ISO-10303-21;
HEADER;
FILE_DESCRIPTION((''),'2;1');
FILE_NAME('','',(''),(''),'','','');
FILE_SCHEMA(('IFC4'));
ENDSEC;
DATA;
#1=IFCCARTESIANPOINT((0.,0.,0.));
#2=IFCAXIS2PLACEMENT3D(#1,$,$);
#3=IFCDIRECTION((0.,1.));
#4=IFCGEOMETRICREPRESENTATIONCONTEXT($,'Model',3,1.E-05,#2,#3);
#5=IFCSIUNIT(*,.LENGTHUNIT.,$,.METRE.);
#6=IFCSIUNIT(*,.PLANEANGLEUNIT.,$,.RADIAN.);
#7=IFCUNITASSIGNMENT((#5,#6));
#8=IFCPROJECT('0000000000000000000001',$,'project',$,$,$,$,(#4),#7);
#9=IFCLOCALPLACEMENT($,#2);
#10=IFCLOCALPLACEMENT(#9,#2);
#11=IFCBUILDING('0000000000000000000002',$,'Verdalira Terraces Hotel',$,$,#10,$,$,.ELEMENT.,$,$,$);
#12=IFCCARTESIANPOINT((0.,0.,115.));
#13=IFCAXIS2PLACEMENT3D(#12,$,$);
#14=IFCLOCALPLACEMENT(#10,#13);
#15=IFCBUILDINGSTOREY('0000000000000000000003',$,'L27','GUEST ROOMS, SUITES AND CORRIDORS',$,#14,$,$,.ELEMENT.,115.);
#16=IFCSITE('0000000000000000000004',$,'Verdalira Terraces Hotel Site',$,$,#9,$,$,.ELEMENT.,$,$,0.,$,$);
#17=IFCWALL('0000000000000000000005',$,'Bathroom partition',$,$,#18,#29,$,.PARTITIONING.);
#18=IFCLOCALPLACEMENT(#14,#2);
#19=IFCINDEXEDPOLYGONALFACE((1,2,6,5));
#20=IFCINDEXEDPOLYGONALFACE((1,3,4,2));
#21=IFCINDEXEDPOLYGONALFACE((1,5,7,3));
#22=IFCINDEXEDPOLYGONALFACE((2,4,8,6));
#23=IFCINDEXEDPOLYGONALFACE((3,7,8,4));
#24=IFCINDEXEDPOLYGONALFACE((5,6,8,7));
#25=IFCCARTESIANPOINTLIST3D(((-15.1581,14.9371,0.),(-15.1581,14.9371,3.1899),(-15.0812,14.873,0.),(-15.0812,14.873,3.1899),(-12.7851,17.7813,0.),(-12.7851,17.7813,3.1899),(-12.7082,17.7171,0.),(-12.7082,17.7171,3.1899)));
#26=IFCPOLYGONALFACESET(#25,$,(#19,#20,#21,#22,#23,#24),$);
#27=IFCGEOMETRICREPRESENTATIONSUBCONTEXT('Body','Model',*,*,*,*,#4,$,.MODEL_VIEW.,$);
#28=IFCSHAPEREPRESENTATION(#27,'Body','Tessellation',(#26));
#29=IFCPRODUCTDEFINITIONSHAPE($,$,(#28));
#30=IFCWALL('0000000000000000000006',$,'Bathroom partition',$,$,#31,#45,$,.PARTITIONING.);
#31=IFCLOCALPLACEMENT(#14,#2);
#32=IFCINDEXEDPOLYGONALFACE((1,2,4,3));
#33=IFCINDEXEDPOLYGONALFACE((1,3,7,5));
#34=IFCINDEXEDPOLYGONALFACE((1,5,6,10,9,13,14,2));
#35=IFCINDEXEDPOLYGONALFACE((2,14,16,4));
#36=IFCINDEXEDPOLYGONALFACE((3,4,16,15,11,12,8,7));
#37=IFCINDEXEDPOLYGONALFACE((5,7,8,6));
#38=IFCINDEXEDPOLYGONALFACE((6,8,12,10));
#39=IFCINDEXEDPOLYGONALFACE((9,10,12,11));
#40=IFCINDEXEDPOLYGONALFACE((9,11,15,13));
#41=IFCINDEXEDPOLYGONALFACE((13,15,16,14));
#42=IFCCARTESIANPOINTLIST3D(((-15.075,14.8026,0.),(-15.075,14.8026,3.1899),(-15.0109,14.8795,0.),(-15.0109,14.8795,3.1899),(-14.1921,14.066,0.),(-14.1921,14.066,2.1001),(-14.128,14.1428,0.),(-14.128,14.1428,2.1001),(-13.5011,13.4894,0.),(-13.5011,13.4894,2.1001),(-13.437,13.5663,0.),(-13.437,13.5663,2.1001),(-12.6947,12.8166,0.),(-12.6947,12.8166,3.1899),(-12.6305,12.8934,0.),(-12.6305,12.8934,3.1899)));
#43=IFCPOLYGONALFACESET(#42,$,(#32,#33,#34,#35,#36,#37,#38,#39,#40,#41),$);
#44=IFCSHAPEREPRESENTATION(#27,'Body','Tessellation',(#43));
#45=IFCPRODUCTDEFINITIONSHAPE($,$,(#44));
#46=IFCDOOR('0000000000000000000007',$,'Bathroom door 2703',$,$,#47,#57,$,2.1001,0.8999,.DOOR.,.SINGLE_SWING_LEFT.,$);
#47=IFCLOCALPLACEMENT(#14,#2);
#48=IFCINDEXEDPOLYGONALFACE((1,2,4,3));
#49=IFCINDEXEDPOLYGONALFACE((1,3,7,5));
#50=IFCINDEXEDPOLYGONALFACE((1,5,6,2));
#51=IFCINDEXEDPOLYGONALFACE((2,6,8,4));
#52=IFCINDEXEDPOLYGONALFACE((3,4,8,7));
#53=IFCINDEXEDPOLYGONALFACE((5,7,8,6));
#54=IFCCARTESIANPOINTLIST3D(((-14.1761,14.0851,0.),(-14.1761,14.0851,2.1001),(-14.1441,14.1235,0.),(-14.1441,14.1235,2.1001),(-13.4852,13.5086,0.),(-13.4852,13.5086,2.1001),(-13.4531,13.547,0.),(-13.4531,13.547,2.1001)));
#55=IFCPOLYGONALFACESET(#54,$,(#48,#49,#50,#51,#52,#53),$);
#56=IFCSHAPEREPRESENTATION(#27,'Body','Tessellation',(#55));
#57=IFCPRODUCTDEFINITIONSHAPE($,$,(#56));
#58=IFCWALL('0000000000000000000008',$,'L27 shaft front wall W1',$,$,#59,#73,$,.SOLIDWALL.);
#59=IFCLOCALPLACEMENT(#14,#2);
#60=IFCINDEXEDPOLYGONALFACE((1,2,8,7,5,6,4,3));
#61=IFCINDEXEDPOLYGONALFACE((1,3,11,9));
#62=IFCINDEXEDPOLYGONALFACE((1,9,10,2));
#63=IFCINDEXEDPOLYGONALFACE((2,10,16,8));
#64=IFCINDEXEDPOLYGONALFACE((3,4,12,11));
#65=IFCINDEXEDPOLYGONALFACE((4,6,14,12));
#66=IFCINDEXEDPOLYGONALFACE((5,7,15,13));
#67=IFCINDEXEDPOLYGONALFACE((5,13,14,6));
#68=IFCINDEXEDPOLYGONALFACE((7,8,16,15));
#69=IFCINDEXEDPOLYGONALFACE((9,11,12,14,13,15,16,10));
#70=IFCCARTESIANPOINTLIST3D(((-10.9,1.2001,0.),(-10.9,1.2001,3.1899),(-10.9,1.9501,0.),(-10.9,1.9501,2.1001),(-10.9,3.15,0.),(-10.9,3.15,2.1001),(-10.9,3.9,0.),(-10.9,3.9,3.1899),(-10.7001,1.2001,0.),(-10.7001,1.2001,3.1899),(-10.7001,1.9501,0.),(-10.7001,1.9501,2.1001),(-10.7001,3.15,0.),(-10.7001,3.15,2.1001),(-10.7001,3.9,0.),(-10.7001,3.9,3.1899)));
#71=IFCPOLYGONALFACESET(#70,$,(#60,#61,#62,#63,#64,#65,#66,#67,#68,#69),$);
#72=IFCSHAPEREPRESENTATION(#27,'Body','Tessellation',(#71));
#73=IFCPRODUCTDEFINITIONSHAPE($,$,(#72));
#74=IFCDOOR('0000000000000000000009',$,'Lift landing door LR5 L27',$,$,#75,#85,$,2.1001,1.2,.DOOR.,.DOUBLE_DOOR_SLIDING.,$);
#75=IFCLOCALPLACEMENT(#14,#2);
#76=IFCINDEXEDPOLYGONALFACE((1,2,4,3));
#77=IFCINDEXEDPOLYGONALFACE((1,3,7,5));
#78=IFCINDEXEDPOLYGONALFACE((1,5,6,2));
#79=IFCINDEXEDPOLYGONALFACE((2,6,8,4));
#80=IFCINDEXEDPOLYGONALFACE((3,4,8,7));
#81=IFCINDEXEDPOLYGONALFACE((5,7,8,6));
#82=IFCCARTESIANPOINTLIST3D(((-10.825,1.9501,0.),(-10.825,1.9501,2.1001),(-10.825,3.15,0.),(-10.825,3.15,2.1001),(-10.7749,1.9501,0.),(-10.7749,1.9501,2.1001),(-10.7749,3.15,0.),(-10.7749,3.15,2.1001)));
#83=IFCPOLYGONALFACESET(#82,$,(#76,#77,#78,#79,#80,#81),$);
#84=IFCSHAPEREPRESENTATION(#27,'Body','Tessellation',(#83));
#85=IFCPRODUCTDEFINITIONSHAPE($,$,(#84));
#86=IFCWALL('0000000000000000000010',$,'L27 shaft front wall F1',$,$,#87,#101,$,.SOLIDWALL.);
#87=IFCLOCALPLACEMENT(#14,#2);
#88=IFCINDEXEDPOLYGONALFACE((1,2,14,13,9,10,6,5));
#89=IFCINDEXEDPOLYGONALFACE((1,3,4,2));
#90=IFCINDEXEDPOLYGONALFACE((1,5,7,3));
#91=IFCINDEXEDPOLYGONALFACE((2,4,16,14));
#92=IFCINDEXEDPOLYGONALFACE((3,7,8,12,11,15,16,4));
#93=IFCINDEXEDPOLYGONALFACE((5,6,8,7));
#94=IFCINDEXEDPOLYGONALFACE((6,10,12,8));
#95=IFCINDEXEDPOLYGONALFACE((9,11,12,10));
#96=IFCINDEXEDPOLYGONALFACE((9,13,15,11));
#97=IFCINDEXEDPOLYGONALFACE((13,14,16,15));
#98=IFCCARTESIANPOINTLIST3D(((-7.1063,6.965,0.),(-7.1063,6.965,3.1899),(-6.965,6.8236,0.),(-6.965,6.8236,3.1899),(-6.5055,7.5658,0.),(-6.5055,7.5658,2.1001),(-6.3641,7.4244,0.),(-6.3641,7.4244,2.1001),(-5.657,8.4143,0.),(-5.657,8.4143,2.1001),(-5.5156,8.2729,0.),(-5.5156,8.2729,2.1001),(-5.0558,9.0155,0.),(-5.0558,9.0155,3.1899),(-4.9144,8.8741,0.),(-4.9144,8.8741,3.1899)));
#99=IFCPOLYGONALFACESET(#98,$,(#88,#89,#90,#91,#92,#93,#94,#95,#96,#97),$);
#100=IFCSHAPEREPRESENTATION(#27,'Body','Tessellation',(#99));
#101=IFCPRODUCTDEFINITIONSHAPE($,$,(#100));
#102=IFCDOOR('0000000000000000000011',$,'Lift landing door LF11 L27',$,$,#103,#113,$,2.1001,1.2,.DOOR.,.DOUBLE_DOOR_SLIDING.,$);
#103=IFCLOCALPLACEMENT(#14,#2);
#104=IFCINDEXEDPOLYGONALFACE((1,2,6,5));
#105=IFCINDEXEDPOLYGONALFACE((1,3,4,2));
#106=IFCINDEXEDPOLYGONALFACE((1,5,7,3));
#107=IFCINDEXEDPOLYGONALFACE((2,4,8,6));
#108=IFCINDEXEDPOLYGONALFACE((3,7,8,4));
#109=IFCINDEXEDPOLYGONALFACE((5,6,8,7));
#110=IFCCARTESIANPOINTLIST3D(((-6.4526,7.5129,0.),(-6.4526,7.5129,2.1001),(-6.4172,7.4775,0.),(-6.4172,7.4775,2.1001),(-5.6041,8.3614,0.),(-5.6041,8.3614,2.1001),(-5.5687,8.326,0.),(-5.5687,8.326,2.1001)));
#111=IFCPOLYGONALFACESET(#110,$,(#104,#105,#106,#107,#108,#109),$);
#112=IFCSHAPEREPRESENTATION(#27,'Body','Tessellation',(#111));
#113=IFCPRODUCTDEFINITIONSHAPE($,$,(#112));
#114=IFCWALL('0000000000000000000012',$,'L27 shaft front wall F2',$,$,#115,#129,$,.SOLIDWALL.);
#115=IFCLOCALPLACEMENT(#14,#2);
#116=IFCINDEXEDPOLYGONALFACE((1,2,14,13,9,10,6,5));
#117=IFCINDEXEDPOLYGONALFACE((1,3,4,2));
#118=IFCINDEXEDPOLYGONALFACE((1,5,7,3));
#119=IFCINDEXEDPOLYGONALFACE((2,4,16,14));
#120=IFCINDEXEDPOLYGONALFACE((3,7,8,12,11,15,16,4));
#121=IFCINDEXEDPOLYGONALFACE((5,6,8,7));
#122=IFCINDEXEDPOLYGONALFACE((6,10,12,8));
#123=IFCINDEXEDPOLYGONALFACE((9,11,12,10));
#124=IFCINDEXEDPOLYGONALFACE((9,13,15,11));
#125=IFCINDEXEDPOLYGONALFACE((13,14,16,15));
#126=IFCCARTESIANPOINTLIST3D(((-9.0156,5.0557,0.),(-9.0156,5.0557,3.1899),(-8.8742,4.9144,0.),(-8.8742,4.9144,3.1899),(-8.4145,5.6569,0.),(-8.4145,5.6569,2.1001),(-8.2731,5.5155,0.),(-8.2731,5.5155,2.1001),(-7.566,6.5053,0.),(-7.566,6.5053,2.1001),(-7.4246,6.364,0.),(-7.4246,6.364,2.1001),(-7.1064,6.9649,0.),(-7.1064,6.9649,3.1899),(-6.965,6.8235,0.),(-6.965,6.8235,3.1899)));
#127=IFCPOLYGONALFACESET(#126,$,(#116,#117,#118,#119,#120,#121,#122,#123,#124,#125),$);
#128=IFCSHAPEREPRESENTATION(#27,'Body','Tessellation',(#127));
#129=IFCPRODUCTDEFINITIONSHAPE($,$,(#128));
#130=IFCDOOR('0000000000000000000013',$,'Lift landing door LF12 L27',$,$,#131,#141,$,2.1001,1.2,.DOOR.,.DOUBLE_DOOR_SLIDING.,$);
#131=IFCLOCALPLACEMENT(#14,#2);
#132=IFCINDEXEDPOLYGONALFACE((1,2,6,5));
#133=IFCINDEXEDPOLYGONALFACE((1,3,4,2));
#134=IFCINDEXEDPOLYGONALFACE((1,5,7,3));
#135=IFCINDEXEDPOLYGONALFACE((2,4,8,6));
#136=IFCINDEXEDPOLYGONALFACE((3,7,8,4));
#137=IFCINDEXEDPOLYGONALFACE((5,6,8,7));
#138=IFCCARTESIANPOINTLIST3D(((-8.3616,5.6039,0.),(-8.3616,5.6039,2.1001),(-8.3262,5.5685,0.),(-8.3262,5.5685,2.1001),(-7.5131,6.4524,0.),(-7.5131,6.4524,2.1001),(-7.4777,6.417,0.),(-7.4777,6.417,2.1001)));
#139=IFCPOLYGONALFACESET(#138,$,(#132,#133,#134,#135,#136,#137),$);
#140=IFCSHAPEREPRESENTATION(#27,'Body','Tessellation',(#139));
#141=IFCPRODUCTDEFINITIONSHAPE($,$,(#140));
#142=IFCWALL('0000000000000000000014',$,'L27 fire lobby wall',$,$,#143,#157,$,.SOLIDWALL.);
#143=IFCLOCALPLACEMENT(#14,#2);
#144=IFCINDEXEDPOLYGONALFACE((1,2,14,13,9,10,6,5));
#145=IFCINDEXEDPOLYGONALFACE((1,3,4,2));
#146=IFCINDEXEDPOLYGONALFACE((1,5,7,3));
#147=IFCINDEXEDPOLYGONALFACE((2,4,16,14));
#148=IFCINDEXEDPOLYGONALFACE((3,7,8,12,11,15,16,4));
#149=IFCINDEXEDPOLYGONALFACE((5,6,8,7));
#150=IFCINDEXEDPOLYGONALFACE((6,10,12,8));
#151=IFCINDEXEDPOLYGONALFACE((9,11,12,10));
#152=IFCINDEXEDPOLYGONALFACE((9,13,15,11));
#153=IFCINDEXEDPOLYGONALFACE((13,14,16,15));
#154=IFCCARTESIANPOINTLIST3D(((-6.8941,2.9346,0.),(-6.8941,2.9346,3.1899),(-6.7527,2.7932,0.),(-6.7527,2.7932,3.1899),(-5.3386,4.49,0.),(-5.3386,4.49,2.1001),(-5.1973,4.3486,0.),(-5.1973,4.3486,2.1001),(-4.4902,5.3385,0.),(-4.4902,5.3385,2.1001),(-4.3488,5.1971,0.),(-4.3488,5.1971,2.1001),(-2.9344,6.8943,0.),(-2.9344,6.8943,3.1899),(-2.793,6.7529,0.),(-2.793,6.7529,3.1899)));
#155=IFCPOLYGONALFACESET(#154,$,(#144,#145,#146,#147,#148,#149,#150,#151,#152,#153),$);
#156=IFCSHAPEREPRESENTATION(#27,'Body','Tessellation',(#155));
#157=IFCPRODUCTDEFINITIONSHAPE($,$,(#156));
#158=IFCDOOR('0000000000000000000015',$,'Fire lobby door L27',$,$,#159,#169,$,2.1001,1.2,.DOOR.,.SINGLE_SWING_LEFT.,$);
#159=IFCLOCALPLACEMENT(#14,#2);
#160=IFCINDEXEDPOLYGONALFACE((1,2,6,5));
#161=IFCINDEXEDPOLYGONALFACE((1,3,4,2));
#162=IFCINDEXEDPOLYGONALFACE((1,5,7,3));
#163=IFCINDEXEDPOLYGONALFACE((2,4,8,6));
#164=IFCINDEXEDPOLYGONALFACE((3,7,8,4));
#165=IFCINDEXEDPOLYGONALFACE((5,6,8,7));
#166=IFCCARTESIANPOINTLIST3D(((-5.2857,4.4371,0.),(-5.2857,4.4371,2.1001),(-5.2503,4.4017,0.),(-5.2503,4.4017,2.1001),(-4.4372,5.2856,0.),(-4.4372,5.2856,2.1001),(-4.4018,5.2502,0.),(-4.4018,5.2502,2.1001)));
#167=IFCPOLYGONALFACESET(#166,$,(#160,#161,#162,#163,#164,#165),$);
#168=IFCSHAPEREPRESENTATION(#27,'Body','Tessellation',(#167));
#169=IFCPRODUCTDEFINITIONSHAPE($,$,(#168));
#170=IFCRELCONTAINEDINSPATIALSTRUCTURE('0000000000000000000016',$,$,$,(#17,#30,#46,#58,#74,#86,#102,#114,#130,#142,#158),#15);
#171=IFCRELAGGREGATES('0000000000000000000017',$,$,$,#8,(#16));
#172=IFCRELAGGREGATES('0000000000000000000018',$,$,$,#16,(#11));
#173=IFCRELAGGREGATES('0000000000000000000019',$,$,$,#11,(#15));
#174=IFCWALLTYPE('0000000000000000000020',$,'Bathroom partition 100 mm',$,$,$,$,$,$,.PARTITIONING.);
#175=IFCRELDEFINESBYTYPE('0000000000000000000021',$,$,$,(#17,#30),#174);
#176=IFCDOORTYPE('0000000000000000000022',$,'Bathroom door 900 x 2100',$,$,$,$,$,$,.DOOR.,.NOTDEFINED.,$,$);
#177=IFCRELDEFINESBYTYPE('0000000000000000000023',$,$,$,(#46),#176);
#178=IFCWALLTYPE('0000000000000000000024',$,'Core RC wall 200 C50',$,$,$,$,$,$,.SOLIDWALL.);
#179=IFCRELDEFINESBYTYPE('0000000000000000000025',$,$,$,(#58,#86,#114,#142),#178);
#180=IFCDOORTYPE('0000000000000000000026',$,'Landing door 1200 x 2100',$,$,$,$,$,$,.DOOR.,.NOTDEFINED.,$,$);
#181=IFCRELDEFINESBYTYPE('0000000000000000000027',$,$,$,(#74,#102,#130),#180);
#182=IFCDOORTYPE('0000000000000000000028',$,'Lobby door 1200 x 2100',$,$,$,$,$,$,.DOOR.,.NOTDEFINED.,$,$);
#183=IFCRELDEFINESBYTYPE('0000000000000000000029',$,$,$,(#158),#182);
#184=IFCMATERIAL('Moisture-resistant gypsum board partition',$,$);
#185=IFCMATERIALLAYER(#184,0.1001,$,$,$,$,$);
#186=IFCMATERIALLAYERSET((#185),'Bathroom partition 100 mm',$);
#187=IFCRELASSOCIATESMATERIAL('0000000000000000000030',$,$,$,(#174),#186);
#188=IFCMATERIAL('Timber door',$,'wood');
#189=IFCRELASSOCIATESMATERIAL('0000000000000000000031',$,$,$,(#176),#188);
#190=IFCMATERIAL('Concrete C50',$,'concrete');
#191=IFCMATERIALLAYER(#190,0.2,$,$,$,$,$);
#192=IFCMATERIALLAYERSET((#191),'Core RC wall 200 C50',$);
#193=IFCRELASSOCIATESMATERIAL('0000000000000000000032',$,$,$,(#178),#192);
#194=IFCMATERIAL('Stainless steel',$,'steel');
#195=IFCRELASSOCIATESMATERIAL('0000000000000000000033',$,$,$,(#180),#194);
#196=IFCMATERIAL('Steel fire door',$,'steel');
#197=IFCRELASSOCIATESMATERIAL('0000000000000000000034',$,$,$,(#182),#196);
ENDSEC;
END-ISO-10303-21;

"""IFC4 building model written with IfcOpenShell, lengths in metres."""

from ifc_helpers import new_model, si_unit, direction, frame, frame_2d, origin, place, context, subcontext, project, spatial, rectangle, extrude, material, layer, layer_set, type_object, element, fill, save


model = new_model("IFC4")

# Units and contexts
model_context = context("Model", 3, precision=1e-05, world=origin(), true_north=direction((0.0, 1.0)))
body_context = subcontext(model_context, "Body", "Model", "MODEL_VIEW")
ifc_project = project(units=[si_unit("LENGTHUNIT", "METRE"), si_unit("PLANEANGLEUNIT", "RADIAN")], contexts=[model_context])

# Site, building, storey
site_placement = place(None, origin())
site = spatial("IfcSite", under=ifc_project, at=site_placement, Name="Verdalira Terraces Hotel Site", CompositionType="ELEMENT", RefElevation=0.0)
building_placement = place(site_placement, origin())
building = spatial("IfcBuilding", under=site, at=building_placement, Name="Verdalira Terraces Hotel", CompositionType="ELEMENT")
storey_placement = place(building_placement, frame((0.0, 0.0, 115.0)))
storey = spatial("IfcBuildingStorey", under=building, at=storey_placement, Name="L27", Description="GUEST ROOMS, SUITES AND CORRIDORS", CompositionType="ELEMENT", Elevation=115.0)

# Wall
ifc_material_1 = material(Name="Moisture-resistant gypsum board partition")
ifc_layer_1 = layer(ifc_material_1, 0.1001)
ifc_layer_set_1 = layer_set([ifc_layer_1], Name="Bathroom partition 100 mm")
wall_type_1 = type_object("IfcWallType", Name="Bathroom partition 100 mm", PredefinedType="PARTITIONING", material=ifc_layer_set_1)
wall_1_placement = place(storey_placement, frame((-15.1196, 14.905, 0.0), z_axis=(0.0, 0.0, 1.0), x_axis=(0.640638, 0.767843, 0.0)))
element("IfcWall", 1, at=wall_1_placement, inside=storey, type_object=wall_type_1, Name="Bathroom partition", PredefinedType="PARTITIONING", context=body_context, shape_type="SweptSolid", body=[
    extrude(rectangle(XDim=3.7041, YDim=0.1001, at=frame_2d((1.8521, 0.0))), origin(), (0.0, 0.0, 1.0), 3.1899),
])

# Walls, openings, doors
wall_2_placement = place(storey_placement, frame((-15.043, 14.8411, 0.0), z_axis=(0.0, 0.0, 1.0), x_axis=(0.767834, -0.640649, 0.0)))
wall_2 = element("IfcWall", 2, at=wall_2_placement, inside=storey, type_object=wall_type_1, Name="Bathroom partition", PredefinedType="PARTITIONING", context=body_context, shape_type="SweptSolid", body=[
    extrude(rectangle(XDim=3.1001, YDim=0.1001, at=frame_2d((1.55, 0.0))), origin(), (0.0, 0.0, 1.0), 3.1899),
])
opening_1_placement = place(wall_2_placement, frame((1.1499, 0.0, 0.0)))
opening_1 = element("IfcOpeningElement", 3, at=opening_1_placement, cuts=wall_2, PredefinedType="OPENING", context=body_context, shape_type="SweptSolid", body=[
    extrude(rectangle(XDim=0.8999, YDim=2.1001, at=frame_2d((0.45, 1.05))), frame((0.0, 0.0601, 0.0), z_axis=(0.0, -1.0, 0.0), x_axis=(1.0, 0.0, 0.0)), (0.0, 0.0, 1.0), 0.1201),
])
ifc_material_2 = material(Name="Timber door", Category="wood")
door_type_1 = type_object("IfcDoorType", Name="Bathroom door 900 x 2100", OperationType="NOTDEFINED", PredefinedType="DOOR", material=ifc_material_2)
door_1_placement = place(opening_1_placement, origin())
door_1 = element("IfcDoor", 4, at=door_1_placement, inside=storey, type_object=door_type_1, Name="Bathroom door 2703", OperationType="SINGLE_SWING_LEFT", OverallHeight=2.1001, OverallWidth=0.8999, PredefinedType="DOOR", context=body_context, shape_type="SweptSolid", body=[
    extrude(rectangle(XDim=0.8999, YDim=2.1001, at=frame_2d((0.45, 1.05))), frame((0.0, 0.0249, 0.0), z_axis=(0.0, -1.0, 0.0), x_axis=(1.0, 0.0, 0.0)), (0.0, 0.0, 1.0), 0.05),
])
fill(opening_1, door_1)
ifc_material_3 = material(Name="Concrete C50", Category="concrete")
ifc_layer_2 = layer(ifc_material_3, 0.2)
ifc_layer_set_2 = layer_set([ifc_layer_2], Name="Core RC wall 200 C50")
wall_type_2 = type_object("IfcWallType", Name="Core RC wall 200 C50", PredefinedType="SOLIDWALL", material=ifc_layer_set_2)
wall_3_placement = place(storey_placement, frame((-10.8, 1.2, 0.0), z_axis=(0.0, 0.0, 1.0), x_axis=(0.0, 1.0, 0.0)))
wall_3 = element("IfcWall", 5, at=wall_3_placement, inside=storey, type_object=wall_type_2, Name="L27 shaft front wall W1", PredefinedType="SOLIDWALL", context=body_context, shape_type="SweptSolid", body=[
    extrude(rectangle(XDim=2.7, YDim=0.2, at=frame_2d((1.3501, 0.0))), origin(), (0.0, 0.0, 1.0), 3.1899),
])
opening_2_placement = place(wall_3_placement, frame((0.75, 0.0, 0.0)))
opening_2 = element("IfcOpeningElement", 6, at=opening_2_placement, cuts=wall_3, PredefinedType="OPENING", context=body_context, shape_type="SweptSolid", body=[
    extrude(rectangle(XDim=1.2, YDim=2.1001, at=frame_2d((0.6001, 1.05))), frame((0.0, 0.1099, 0.0), z_axis=(0.0, -1.0, 0.0), x_axis=(1.0, 0.0, 0.0)), (0.0, 0.0, 1.0), 0.22),
])
ifc_material_4 = material(Name="Stainless steel", Category="steel")
door_type_2 = type_object("IfcDoorType", Name="Landing door 1200 x 2100", OperationType="NOTDEFINED", PredefinedType="DOOR", material=ifc_material_4)
door_2_placement = place(opening_2_placement, origin())
door_2 = element("IfcDoor", 7, at=door_2_placement, inside=storey, type_object=door_type_2, Name="Lift landing door LR5 L27", OperationType="DOUBLE_DOOR_SLIDING", OverallHeight=2.1001, OverallWidth=1.2, PredefinedType="DOOR", context=body_context, shape_type="SweptSolid", body=[
    extrude(rectangle(XDim=1.2, YDim=2.1001, at=frame_2d((0.6001, 1.05))), frame((0.0, 0.0249, 0.0), z_axis=(0.0, -1.0, 0.0), x_axis=(1.0, 0.0, 0.0)), (0.0, 0.0, 1.0), 0.05),
])
fill(opening_2, door_2)
wall_4_placement = place(storey_placement, frame((-4.9851, 8.9448, 0.0), z_axis=(0.0, 0.0, 1.0), x_axis=(-0.707107, -0.707107, 0.0)))
wall_4 = element("IfcWall", 8, at=wall_4_placement, inside=storey, type_object=wall_type_2, Name="L27 shaft front wall F1", PredefinedType="SOLIDWALL", context=body_context, shape_type="SweptSolid", body=[
    extrude(rectangle(XDim=2.8999, YDim=0.2, at=frame_2d((1.45, 0.0))), origin(), (0.0, 0.0, 1.0), 3.1899),
])
opening_3_placement = place(wall_4_placement, frame((0.8501, 0.0, 0.0)))
opening_3 = element("IfcOpeningElement", 9, at=opening_3_placement, cuts=wall_4, PredefinedType="OPENING", context=body_context, shape_type="SweptSolid", body=[
    extrude(rectangle(XDim=1.2, YDim=2.1001, at=frame_2d((0.6001, 1.05))), frame((0.0, 0.1099, 0.0), z_axis=(0.0, -1.0, 0.0), x_axis=(1.0, 0.0, 0.0)), (0.0, 0.0, 1.0), 0.22),
])
door_3_placement = place(opening_3_placement, origin())
door_3 = element("IfcDoor", 10, at=door_3_placement, inside=storey, type_object=door_type_2, Name="Lift landing door LF11 L27", OperationType="DOUBLE_DOOR_SLIDING", OverallHeight=2.1001, OverallWidth=1.2, PredefinedType="DOOR", context=body_context, shape_type="SweptSolid", body=[
    extrude(rectangle(XDim=1.2, YDim=2.1001, at=frame_2d((0.6001, 1.05))), frame((0.0, 0.0249, 0.0), z_axis=(0.0, -1.0, 0.0), x_axis=(1.0, 0.0, 0.0)), (0.0, 0.0, 1.0), 0.05),
])
fill(opening_3, door_3)
wall_5_placement = place(storey_placement, frame((-7.0356, 6.8943, 0.0), z_axis=(0.0, 0.0, 1.0), x_axis=(-0.707107, -0.707107, 0.0)))
wall_5 = element("IfcWall", 11, at=wall_5_placement, inside=storey, type_object=wall_type_2, Name="L27 shaft front wall F2", PredefinedType="SOLIDWALL", context=body_context, shape_type="SweptSolid", body=[
    extrude(rectangle(XDim=2.7, YDim=0.2, at=frame_2d((1.3501, 0.0))), origin(), (0.0, 0.0, 1.0), 3.1899),
])
opening_4_placement = place(wall_5_placement, frame((0.6499, 0.0, 0.0)))
opening_4 = element("IfcOpeningElement", 12, at=opening_4_placement, cuts=wall_5, PredefinedType="OPENING", context=body_context, shape_type="SweptSolid", body=[
    extrude(rectangle(XDim=1.2, YDim=2.1001, at=frame_2d((0.6001, 1.05))), frame((0.0, 0.1099, 0.0), z_axis=(0.0, -1.0, 0.0), x_axis=(1.0, 0.0, 0.0)), (0.0, 0.0, 1.0), 0.22),
])
door_4_placement = place(opening_4_placement, origin())
door_4 = element("IfcDoor", 13, at=door_4_placement, inside=storey, type_object=door_type_2, Name="Lift landing door LF12 L27", OperationType="DOUBLE_DOOR_SLIDING", OverallHeight=2.1001, OverallWidth=1.2, PredefinedType="DOOR", context=body_context, shape_type="SweptSolid", body=[
    extrude(rectangle(XDim=1.2, YDim=2.1001, at=frame_2d((0.6001, 1.05))), frame((0.0, 0.0249, 0.0), z_axis=(0.0, -1.0, 0.0), x_axis=(1.0, 0.0, 0.0)), (0.0, 0.0, 1.0), 0.05),
])
fill(opening_4, door_4)
wall_6_placement = place(storey_placement, frame((-2.8638, 6.8235, 0.0), z_axis=(0.0, 0.0, 1.0), x_axis=(-0.707107, -0.707107, 0.0)))
wall_6 = element("IfcWall", 14, at=wall_6_placement, inside=storey, type_object=wall_type_2, Name="L27 fire lobby wall", PredefinedType="SOLIDWALL", context=body_context, shape_type="SweptSolid", body=[
    extrude(rectangle(XDim=5.5999, YDim=0.2, at=frame_2d((2.7998, 0.0))), origin(), (0.0, 0.0, 1.0), 3.1899),
])
opening_5_placement = place(wall_6_placement, frame((2.2, 0.0, 0.0)))
opening_5 = element("IfcOpeningElement", 15, at=opening_5_placement, cuts=wall_6, PredefinedType="OPENING", context=body_context, shape_type="SweptSolid", body=[
    extrude(rectangle(XDim=1.2, YDim=2.1001, at=frame_2d((0.6001, 1.05))), frame((0.0, 0.1099, 0.0), z_axis=(0.0, -1.0, 0.0), x_axis=(1.0, 0.0, 0.0)), (0.0, 0.0, 1.0), 0.22),
])
ifc_material_5 = material(Name="Steel fire door", Category="steel")
door_type_3 = type_object("IfcDoorType", Name="Lobby door 1200 x 2100", OperationType="NOTDEFINED", PredefinedType="DOOR", material=ifc_material_5)
door_5_placement = place(opening_5_placement, origin())
door_5 = element("IfcDoor", 16, at=door_5_placement, inside=storey, type_object=door_type_3, Name="Fire lobby door L27", OperationType="SINGLE_SWING_LEFT", OverallHeight=2.1001, OverallWidth=1.2, PredefinedType="DOOR", context=body_context, shape_type="SweptSolid", body=[
    extrude(rectangle(XDim=1.2, YDim=2.1001, at=frame_2d((0.6001, 1.05))), frame((0.0, 0.0249, 0.0), z_axis=(0.0, -1.0, 0.0), x_axis=(1.0, 0.0, 0.0)), (0.0, 0.0, 1.0), 0.05),
])
fill(opening_5, door_5)

save(model, "model.ifc")
